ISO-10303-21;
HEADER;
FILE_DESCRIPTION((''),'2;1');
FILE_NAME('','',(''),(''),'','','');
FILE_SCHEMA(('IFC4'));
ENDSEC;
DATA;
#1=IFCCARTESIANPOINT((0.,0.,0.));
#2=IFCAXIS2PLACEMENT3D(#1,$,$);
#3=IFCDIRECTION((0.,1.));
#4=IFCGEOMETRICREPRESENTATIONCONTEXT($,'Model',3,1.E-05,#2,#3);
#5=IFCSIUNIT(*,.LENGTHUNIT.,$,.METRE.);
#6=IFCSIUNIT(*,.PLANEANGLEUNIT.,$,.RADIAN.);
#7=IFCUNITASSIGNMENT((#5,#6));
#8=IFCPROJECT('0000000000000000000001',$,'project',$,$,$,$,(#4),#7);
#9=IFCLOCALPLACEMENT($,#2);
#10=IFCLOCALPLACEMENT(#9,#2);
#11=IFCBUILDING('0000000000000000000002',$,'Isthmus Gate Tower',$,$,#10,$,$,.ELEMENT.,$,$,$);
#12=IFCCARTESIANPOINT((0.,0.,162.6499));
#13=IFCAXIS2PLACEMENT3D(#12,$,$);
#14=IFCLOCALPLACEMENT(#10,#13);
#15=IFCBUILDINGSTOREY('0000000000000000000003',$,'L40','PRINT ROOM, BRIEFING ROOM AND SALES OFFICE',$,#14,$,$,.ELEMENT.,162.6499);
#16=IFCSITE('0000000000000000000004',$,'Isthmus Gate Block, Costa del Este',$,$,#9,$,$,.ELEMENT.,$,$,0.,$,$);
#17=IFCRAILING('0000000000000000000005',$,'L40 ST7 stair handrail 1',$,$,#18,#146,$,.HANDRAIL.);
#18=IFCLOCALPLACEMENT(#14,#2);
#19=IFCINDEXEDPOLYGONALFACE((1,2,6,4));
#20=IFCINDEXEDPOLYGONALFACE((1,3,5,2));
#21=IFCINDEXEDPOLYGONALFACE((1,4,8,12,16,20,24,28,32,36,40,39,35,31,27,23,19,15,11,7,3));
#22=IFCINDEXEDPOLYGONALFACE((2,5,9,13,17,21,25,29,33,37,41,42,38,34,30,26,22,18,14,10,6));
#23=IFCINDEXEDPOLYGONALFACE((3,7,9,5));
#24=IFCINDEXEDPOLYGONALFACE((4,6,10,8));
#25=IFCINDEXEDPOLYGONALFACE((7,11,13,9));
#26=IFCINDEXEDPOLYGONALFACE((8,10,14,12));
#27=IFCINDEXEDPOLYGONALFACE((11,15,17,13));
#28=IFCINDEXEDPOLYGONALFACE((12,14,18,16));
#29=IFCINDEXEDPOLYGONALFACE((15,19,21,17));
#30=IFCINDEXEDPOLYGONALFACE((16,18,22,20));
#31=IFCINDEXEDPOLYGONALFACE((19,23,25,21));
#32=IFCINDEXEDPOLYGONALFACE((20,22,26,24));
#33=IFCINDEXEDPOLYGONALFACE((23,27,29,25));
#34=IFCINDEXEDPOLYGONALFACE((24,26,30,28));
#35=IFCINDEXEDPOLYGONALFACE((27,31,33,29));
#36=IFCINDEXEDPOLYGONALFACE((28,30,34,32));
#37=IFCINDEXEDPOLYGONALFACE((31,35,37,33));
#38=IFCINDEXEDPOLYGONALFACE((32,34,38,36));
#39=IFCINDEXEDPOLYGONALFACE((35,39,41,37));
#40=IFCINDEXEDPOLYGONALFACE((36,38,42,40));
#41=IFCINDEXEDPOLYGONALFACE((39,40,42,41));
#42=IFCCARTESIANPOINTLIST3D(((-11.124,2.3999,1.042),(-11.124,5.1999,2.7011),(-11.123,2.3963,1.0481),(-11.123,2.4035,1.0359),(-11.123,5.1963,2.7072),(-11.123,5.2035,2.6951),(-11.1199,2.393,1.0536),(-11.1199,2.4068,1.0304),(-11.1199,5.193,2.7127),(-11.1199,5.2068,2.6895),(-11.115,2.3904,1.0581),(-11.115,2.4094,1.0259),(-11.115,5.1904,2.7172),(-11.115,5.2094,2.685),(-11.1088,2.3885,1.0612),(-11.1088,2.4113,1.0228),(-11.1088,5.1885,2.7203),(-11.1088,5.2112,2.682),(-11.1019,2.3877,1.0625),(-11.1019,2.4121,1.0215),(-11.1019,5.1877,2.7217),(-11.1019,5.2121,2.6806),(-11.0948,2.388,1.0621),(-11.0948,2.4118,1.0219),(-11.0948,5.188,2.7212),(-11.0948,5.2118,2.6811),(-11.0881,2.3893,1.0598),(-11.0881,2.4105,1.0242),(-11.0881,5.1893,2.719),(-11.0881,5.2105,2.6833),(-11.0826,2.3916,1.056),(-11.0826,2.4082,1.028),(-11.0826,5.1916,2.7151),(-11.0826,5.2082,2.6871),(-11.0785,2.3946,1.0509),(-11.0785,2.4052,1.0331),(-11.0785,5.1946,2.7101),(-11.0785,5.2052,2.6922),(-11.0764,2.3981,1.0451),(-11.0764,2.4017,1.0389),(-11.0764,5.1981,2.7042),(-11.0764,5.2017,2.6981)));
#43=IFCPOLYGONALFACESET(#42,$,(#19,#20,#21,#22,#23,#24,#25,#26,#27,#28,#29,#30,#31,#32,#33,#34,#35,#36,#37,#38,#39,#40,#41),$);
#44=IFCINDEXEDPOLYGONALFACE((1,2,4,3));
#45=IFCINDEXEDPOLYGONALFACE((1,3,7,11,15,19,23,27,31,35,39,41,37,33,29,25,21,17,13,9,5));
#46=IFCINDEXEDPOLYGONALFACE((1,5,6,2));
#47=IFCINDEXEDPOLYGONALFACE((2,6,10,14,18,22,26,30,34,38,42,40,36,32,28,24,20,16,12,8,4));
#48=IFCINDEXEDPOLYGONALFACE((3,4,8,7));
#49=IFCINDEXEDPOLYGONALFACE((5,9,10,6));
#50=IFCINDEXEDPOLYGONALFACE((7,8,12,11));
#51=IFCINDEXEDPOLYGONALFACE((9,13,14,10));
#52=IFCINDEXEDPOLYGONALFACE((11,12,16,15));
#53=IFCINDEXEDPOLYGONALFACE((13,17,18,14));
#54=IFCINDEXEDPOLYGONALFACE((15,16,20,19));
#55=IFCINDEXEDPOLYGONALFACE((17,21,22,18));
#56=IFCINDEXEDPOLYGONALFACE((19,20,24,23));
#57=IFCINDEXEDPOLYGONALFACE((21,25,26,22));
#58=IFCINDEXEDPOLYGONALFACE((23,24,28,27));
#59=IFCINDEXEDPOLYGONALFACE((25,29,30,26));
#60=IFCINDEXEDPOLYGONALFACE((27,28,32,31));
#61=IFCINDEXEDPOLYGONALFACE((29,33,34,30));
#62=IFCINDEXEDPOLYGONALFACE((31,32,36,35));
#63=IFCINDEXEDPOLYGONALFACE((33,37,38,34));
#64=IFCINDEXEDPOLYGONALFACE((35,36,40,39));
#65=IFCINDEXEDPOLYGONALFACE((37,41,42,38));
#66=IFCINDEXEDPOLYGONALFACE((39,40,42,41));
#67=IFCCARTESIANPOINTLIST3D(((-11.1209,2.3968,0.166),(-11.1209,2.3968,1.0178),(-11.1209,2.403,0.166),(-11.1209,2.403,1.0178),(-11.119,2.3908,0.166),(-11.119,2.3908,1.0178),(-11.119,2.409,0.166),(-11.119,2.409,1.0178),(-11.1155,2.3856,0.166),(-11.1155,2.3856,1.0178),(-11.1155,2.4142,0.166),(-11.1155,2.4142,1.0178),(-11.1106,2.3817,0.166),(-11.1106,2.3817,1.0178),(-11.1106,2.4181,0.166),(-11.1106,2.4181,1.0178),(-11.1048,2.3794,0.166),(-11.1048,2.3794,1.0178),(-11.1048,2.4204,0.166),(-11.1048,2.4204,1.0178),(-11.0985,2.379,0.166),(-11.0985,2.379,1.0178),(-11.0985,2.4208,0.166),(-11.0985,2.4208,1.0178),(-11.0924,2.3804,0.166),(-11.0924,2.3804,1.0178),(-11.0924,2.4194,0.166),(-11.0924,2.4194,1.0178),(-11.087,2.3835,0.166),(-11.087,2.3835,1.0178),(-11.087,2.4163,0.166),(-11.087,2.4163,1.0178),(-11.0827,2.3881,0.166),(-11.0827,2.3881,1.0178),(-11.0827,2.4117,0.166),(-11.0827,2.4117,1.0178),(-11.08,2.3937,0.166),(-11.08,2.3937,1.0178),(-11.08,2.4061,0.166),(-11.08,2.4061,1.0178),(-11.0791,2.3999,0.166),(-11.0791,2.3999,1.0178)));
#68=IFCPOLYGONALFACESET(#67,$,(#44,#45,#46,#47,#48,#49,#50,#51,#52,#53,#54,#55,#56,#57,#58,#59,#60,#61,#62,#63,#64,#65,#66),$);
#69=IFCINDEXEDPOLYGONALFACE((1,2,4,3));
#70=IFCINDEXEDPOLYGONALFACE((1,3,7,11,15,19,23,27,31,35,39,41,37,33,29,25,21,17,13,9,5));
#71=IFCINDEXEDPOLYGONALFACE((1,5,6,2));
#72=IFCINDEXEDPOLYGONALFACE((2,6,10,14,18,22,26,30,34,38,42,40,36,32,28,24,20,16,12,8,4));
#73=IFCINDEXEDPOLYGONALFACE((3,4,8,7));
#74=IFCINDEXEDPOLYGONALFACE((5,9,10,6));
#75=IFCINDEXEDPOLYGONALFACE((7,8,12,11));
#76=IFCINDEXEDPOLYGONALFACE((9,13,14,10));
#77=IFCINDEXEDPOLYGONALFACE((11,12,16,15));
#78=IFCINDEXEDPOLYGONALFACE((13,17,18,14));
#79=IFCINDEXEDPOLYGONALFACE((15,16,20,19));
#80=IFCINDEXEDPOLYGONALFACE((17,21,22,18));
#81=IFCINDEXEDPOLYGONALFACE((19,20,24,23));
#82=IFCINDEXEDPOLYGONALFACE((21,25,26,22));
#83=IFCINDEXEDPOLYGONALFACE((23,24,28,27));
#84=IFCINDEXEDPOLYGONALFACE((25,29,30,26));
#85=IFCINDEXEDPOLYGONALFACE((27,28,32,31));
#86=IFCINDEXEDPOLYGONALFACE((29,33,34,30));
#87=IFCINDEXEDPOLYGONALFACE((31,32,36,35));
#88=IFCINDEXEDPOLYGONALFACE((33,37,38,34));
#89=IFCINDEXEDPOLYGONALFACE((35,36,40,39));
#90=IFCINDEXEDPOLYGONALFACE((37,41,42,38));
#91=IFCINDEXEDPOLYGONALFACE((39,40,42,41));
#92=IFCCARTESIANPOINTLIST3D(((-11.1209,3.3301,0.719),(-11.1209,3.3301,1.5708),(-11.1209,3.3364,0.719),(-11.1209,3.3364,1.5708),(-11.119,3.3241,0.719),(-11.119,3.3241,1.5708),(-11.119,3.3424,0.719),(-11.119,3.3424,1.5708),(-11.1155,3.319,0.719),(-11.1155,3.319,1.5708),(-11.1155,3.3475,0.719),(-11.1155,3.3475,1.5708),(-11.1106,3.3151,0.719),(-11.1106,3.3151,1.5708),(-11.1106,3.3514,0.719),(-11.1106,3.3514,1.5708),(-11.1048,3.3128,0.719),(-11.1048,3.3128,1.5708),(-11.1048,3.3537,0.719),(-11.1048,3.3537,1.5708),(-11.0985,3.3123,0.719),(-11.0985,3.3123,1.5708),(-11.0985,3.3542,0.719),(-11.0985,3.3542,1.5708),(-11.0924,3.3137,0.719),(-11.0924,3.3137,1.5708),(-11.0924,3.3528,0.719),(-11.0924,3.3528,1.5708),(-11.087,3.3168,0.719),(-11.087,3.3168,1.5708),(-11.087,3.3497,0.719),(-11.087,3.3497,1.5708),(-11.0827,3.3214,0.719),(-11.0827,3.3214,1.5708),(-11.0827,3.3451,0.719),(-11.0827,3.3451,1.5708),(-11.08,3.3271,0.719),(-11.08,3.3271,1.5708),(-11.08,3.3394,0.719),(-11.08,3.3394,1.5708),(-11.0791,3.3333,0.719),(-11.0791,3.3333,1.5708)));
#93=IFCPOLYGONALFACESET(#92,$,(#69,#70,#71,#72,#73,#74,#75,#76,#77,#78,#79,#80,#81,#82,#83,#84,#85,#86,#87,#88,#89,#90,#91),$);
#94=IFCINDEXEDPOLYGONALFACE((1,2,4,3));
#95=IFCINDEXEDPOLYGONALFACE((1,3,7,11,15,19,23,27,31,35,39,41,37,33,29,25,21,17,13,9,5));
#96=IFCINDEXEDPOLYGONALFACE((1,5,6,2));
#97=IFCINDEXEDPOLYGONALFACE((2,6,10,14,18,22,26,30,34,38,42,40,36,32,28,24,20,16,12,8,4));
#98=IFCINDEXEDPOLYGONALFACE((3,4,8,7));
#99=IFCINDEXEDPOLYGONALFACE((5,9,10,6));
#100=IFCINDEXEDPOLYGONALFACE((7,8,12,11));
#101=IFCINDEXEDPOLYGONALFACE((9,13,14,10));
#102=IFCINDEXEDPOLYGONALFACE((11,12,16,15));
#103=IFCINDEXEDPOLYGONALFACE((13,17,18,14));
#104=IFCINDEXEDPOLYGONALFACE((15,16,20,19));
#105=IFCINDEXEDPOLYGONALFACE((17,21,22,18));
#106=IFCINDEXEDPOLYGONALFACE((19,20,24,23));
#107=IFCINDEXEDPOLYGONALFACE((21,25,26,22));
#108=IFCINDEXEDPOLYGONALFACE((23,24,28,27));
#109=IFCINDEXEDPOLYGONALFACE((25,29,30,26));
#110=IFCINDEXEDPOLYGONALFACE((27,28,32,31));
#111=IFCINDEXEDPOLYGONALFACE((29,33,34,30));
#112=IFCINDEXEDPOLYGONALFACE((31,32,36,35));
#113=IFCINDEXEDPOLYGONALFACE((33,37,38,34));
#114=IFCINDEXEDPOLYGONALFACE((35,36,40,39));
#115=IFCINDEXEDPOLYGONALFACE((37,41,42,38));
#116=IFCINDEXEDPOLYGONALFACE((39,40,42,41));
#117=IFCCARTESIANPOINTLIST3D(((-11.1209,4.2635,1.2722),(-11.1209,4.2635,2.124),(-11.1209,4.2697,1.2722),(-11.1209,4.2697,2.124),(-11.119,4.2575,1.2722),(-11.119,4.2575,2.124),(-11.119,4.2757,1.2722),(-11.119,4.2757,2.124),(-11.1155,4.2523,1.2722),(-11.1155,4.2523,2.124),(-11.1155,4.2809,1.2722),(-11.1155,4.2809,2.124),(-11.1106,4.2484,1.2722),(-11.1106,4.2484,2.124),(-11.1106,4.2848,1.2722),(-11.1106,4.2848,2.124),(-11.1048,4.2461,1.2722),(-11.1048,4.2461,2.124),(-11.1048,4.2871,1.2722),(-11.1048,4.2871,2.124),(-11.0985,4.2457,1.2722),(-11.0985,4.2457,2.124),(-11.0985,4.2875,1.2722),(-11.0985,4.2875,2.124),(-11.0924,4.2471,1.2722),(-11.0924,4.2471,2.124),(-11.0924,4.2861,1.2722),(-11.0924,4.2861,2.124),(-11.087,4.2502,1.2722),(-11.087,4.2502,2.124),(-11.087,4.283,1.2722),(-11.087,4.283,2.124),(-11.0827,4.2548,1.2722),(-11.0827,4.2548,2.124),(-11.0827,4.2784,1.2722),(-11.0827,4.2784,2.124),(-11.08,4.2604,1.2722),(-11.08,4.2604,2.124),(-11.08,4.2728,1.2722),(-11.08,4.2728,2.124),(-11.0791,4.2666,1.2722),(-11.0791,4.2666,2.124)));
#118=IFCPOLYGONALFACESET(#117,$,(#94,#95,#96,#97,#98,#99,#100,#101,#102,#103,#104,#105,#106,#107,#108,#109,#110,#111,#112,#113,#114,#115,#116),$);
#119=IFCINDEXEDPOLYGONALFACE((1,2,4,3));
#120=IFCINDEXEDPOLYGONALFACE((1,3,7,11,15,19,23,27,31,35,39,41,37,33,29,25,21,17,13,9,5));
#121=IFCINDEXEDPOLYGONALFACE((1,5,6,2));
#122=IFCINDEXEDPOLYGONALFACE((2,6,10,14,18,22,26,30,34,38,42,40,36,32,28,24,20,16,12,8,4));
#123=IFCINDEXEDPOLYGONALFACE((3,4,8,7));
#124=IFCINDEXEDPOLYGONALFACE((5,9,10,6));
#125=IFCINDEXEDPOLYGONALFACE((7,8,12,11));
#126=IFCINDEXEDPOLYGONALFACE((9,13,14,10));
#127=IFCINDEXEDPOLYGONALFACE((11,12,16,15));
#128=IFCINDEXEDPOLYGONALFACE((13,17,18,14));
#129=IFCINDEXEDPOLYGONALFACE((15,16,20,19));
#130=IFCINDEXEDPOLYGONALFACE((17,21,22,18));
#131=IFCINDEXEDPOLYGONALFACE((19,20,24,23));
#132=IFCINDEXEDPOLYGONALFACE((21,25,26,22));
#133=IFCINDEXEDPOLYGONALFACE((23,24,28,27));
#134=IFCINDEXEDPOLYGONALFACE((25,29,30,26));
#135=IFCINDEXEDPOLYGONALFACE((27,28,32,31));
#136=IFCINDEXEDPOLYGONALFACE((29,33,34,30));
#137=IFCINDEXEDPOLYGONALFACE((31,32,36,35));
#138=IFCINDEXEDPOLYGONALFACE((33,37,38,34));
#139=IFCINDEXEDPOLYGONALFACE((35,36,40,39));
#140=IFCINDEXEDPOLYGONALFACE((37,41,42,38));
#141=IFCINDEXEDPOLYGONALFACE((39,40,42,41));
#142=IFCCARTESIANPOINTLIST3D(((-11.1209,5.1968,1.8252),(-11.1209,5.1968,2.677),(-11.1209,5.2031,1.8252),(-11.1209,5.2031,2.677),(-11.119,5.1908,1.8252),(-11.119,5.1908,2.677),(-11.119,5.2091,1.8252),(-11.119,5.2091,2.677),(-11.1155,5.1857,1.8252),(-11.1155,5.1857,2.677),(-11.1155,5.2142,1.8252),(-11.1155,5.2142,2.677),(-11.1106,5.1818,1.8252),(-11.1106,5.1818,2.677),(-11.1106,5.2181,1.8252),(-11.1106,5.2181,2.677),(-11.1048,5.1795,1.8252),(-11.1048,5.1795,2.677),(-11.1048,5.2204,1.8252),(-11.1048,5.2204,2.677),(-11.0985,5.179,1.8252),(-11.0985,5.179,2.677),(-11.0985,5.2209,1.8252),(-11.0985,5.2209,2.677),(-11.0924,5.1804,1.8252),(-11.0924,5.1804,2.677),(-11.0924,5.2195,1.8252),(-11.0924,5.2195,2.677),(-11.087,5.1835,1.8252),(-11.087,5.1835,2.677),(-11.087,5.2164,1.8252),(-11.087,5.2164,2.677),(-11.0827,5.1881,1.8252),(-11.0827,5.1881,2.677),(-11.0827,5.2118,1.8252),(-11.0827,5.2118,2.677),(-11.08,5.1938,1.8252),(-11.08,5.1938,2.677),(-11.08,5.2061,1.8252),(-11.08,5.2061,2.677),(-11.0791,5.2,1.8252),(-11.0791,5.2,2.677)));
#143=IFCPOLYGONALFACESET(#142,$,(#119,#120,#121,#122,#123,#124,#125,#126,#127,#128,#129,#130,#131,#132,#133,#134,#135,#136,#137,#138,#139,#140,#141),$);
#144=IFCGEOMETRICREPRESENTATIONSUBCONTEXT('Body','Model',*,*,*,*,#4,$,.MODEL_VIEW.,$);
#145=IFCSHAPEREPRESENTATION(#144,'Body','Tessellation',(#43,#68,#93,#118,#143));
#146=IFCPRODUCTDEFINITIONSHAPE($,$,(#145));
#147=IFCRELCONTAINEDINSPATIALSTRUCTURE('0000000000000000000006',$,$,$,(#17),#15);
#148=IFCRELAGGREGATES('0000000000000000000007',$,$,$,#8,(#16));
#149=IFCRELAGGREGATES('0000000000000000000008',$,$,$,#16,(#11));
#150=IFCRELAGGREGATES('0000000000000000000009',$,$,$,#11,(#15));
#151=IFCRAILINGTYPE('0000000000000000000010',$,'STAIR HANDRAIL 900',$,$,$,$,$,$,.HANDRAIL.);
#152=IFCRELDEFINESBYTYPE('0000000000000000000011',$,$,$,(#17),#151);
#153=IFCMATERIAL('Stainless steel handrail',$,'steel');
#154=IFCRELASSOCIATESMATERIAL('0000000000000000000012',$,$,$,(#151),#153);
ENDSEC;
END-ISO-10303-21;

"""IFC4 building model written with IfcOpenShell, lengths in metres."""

from ifc_helpers import new_model, si_unit, direction, frame, origin, origin_2d, place, context, subcontext, project, spatial, circle, extrude, material, type_object, element, save


model = new_model("IFC4")

# Units and contexts
model_context = context("Model", 3, precision=1e-05, world=origin(), true_north=direction((0.0, 1.0)))
body_context = subcontext(model_context, "Body", "Model", "MODEL_VIEW")
ifc_project = project(units=[si_unit("LENGTHUNIT", "METRE"), si_unit("PLANEANGLEUNIT", "RADIAN")], contexts=[model_context])

# Site, building, storey
site_placement = place(None, origin())
site = spatial("IfcSite", under=ifc_project, at=site_placement, Name="Isthmus Gate Block, Costa del Este", CompositionType="ELEMENT", RefElevation=0.0)
building_placement = place(site_placement, origin())
building = spatial("IfcBuilding", under=site, at=building_placement, Name="Isthmus Gate Tower", CompositionType="ELEMENT")
storey_placement = place(building_placement, frame((0.0, 0.0, 162.6499)))
storey = spatial("IfcBuildingStorey", under=building, at=storey_placement, Name="L40", Description="PRINT ROOM, BRIEFING ROOM AND SALES OFFICE", CompositionType="ELEMENT", Elevation=162.6499)

# Railing
ifc_material_1 = material(Name="Stainless steel handrail", Category="steel")
railing_type_1 = type_object("IfcRailingType", Name="STAIR HANDRAIL 900", PredefinedType="HANDRAIL", material=ifc_material_1)
for number, where, name in (
    (1, (-11.1001, 2.3999, 0.166), "L40 ST7 stair handrail 1"),
):
    element("IfcRailing", number, at=place(storey_placement, frame(where)), inside=storey, type_object=railing_type_1, Name=name, PredefinedType="HANDRAIL", context=body_context, shape_type="SweptSolid", body=[
        extrude(circle(Radius=0.0239, at=origin_2d()), frame((0.0, 0.0, 0.876), z_axis=(0.0, 0.860306, 0.509778), x_axis=(-1.0, 0.0, 0.0)), (0.0, 0.0, 1.0), 3.2546),
        extrude(circle(Radius=0.021, at=origin_2d()), origin(), (0.0, 0.0, 1.0), 0.8518),
        extrude(circle(Radius=0.021, at=origin_2d()), frame((0.0, 0.9333, 0.553)), (0.0, 0.0, 1.0), 0.8518),
        extrude(circle(Radius=0.021, at=origin_2d()), frame((0.0, 1.8667, 1.1062)), (0.0, 0.0, 1.0), 0.8518),
        extrude(circle(Radius=0.021, at=origin_2d()), frame((0.0, 2.8, 1.6592)), (0.0, 0.0, 1.0), 0.8518),
    ])

save(model, "model.ifc")
